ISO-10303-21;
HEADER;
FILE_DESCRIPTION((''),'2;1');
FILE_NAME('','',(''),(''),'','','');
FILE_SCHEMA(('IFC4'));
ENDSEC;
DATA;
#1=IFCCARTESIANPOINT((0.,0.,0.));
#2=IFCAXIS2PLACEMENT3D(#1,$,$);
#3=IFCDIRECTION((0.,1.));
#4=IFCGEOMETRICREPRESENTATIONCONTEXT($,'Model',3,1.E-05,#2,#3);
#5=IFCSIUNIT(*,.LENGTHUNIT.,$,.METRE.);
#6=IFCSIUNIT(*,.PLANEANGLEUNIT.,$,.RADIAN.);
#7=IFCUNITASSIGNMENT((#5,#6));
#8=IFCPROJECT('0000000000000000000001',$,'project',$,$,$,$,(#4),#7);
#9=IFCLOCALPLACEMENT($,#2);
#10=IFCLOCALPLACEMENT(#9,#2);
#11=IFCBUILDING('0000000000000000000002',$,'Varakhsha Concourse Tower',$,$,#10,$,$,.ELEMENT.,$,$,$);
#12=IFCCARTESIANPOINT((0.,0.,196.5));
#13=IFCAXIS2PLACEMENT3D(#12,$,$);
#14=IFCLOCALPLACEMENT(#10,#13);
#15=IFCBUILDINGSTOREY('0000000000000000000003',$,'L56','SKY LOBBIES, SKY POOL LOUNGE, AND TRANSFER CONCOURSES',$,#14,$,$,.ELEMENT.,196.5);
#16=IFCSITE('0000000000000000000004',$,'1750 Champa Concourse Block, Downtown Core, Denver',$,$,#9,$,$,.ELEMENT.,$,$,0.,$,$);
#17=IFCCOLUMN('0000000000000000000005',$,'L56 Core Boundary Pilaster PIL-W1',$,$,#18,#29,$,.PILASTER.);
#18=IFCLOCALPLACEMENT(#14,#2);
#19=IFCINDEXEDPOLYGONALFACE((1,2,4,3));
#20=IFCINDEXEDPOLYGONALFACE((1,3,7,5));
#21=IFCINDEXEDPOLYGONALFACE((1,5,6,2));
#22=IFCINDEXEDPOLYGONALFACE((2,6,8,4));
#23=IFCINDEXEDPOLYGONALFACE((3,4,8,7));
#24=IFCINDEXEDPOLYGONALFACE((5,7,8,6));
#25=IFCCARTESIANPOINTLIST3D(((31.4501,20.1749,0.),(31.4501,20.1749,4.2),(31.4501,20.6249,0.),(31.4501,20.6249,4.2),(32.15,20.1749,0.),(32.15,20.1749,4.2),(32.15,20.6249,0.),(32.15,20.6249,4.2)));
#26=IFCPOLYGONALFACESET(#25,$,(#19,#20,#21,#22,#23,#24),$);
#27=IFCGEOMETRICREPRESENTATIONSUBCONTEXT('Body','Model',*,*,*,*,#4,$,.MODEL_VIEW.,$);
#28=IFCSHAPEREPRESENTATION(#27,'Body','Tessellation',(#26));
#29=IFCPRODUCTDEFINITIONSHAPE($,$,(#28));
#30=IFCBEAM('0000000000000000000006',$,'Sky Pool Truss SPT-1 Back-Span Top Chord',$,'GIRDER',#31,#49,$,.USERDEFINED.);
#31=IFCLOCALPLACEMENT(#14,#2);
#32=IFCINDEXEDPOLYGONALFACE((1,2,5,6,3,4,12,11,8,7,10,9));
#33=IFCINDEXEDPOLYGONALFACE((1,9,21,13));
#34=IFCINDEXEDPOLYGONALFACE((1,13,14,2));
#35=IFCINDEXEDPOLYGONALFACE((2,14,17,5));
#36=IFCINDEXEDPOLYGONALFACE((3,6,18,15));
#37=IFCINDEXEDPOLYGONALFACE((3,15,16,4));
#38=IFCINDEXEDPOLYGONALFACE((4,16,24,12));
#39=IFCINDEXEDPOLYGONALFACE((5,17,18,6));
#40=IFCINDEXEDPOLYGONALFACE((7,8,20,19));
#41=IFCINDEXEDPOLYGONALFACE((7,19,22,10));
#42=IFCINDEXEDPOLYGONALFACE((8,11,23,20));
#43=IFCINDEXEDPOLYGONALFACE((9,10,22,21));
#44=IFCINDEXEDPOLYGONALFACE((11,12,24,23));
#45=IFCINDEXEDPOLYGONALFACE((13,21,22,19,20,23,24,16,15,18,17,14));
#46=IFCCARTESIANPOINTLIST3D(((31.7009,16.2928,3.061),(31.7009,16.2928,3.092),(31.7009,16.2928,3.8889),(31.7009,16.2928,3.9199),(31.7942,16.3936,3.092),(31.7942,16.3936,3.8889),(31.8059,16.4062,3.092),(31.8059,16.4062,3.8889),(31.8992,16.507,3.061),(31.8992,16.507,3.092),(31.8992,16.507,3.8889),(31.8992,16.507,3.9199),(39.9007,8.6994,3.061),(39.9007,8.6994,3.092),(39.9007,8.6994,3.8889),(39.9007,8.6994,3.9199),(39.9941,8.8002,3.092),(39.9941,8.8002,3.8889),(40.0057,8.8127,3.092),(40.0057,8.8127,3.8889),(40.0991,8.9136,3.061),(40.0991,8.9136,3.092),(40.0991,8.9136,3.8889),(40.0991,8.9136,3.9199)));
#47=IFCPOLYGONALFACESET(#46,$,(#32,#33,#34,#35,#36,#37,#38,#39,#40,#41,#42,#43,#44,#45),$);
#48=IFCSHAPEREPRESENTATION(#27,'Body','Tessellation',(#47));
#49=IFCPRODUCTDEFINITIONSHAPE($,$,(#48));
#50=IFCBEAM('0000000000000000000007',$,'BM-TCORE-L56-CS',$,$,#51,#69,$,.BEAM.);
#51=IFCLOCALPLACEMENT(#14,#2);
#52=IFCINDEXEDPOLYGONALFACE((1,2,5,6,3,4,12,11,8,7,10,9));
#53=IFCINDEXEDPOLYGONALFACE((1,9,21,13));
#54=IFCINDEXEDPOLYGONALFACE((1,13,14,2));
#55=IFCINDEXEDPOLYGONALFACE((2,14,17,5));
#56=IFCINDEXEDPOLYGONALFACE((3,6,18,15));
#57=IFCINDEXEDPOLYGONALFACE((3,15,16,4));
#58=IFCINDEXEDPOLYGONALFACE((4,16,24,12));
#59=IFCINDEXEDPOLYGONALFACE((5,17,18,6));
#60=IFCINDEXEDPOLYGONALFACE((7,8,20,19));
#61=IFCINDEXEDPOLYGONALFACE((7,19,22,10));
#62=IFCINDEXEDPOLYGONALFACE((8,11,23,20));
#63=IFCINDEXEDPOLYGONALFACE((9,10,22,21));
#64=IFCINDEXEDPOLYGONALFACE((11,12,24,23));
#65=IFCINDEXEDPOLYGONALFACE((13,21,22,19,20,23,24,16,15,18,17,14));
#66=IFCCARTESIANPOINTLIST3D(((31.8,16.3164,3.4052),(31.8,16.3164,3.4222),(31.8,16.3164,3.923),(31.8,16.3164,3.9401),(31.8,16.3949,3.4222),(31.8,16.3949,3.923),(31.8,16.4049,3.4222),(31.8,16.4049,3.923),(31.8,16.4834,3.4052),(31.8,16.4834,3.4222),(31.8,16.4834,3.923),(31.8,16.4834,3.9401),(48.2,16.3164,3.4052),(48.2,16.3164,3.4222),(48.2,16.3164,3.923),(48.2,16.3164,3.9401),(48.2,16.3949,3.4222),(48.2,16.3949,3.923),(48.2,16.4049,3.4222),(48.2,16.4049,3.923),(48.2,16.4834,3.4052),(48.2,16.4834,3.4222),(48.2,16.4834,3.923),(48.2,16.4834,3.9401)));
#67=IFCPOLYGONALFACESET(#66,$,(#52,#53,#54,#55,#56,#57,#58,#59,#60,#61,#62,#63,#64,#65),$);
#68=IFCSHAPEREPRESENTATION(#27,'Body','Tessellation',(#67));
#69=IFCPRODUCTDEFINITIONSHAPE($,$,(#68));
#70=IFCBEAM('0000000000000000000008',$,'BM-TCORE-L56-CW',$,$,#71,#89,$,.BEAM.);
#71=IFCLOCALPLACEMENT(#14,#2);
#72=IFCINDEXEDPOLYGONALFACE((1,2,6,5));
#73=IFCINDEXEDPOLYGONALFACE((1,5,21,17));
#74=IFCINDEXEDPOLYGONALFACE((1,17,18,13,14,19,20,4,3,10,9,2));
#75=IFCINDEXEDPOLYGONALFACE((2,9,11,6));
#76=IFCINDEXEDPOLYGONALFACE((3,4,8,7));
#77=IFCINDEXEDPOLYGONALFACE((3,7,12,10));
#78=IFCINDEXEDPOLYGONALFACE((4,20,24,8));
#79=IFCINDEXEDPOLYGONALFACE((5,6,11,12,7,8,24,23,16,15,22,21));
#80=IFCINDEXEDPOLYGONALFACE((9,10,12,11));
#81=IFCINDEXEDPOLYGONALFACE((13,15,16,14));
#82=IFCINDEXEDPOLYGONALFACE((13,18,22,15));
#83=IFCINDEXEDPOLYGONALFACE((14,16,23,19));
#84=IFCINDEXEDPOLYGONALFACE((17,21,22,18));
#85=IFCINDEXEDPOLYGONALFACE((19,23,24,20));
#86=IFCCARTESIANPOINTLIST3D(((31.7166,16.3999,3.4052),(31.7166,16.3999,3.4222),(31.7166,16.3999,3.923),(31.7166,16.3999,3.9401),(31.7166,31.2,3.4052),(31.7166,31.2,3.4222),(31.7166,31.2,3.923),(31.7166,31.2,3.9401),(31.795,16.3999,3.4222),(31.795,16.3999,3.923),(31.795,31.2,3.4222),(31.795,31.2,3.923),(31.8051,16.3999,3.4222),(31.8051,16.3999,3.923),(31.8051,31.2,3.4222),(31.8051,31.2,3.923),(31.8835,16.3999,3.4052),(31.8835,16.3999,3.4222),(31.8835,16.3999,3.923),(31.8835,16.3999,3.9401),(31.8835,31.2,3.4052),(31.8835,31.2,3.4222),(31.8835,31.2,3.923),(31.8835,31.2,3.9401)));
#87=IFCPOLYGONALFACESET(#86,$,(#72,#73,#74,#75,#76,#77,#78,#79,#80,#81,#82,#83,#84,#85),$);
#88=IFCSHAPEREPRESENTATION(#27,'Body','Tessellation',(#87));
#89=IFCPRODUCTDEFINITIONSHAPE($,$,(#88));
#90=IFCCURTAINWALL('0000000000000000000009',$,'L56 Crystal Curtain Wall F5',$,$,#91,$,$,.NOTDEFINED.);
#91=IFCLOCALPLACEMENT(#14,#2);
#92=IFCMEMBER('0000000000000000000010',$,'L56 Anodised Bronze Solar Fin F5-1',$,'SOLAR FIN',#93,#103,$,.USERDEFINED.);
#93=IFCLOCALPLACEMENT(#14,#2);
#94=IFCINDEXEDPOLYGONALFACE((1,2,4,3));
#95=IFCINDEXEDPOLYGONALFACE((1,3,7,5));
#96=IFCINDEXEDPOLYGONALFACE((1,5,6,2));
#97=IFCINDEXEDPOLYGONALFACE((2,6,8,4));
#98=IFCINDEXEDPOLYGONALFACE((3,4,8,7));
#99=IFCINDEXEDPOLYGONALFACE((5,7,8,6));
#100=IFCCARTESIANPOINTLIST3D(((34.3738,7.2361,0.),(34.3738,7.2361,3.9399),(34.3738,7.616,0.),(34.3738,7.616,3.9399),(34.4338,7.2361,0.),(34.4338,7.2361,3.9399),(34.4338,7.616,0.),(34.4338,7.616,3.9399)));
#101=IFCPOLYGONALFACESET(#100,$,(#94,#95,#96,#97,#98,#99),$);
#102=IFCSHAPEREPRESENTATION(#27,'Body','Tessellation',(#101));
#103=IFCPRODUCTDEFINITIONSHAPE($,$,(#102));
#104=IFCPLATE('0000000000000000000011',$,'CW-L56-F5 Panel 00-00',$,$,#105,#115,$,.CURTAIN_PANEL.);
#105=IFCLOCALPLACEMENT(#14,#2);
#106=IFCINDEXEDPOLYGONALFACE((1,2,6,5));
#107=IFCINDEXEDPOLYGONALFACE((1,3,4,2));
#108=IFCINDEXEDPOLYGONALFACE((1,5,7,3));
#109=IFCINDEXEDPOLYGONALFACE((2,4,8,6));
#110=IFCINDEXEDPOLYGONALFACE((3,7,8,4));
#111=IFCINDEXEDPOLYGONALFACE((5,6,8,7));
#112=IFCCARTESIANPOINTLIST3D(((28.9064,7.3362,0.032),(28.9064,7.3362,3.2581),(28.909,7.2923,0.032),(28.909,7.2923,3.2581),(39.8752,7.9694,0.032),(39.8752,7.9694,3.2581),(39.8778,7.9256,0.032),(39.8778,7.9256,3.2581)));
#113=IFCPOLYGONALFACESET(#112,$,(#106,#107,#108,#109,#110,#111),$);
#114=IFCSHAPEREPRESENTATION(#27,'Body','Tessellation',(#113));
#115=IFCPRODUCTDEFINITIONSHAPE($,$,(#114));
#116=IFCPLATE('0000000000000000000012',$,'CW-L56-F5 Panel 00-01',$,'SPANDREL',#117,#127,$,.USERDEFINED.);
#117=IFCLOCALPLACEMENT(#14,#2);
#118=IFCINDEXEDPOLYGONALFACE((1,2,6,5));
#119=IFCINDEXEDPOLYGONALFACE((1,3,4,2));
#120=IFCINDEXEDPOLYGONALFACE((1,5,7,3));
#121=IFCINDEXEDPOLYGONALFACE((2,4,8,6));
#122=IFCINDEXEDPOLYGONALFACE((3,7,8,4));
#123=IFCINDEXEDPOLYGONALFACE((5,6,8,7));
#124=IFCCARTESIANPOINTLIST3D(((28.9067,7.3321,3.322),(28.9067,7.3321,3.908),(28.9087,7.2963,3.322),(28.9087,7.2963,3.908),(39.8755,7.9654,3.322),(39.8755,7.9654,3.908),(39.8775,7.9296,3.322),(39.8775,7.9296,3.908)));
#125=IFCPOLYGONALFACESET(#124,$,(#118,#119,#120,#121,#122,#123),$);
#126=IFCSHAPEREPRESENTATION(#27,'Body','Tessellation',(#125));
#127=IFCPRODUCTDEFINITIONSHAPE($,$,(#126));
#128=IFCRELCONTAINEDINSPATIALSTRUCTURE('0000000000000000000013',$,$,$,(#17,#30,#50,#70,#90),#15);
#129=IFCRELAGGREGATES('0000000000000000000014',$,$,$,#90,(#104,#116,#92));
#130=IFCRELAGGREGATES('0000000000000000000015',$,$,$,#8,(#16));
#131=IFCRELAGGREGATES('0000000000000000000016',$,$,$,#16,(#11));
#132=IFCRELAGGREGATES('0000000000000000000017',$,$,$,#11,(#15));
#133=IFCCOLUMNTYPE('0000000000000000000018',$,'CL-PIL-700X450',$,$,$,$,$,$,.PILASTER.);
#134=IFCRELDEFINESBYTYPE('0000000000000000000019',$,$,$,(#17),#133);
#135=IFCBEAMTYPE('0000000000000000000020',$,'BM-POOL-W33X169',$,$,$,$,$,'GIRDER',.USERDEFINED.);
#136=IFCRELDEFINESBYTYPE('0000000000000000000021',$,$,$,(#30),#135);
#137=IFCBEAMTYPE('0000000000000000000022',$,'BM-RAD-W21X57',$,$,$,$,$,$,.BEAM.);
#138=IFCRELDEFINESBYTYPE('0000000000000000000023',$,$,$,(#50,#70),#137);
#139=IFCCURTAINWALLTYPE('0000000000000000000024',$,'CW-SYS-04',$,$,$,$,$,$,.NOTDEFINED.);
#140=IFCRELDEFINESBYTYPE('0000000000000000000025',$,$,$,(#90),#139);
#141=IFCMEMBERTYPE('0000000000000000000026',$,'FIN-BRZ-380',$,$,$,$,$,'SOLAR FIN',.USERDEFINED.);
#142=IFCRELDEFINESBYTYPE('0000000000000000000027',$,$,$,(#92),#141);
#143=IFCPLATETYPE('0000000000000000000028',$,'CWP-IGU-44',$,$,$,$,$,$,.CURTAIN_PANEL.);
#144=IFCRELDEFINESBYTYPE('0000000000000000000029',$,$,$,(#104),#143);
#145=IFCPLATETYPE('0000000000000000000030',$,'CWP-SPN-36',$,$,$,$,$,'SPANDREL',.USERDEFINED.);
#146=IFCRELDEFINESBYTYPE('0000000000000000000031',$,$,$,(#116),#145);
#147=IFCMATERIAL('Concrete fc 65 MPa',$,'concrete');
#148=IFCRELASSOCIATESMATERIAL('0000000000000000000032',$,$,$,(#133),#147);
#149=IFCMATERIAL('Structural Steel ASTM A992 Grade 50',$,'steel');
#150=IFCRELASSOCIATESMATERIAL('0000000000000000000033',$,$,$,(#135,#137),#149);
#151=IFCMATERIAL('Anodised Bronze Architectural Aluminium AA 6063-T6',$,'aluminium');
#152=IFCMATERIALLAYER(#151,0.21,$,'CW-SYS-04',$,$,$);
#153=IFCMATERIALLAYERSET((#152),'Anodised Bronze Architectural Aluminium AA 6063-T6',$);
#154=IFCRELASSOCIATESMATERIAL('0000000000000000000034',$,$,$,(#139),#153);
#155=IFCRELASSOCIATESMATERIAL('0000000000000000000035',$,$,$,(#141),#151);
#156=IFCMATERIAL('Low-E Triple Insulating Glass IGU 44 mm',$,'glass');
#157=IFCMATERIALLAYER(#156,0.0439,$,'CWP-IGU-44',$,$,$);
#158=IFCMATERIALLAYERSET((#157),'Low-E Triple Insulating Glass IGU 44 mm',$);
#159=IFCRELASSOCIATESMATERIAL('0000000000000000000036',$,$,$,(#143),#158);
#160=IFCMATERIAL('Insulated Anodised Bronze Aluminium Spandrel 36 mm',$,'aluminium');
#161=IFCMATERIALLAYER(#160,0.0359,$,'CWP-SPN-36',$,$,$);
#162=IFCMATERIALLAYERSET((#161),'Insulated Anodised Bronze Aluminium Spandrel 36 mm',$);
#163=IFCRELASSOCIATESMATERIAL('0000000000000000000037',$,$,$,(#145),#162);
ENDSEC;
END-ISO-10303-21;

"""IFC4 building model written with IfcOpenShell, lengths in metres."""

from ifc_helpers import new_model, si_unit, direction, frame, origin, origin_2d, place, context, subcontext, project, spatial, rectangle, i_section, extrude, source, transform, mapped, material, layer, layer_set, material_profile, profile_set, type_object, type_shapes, element, aggregate, save


model = new_model("IFC4")

# Units and contexts
model_context = context("Model", 3, precision=1e-05, world=origin(), true_north=direction((0.0, 1.0)))
body_context = subcontext(model_context, "Body", "Model", "MODEL_VIEW")
ifc_project = project(units=[si_unit("LENGTHUNIT", "METRE"), si_unit("PLANEANGLEUNIT", "RADIAN")], contexts=[model_context])

# Site, building, storey
site_placement = place(None, origin())
site = spatial("IfcSite", under=ifc_project, at=site_placement, Name="1750 Champa Concourse Block, Downtown Core, Denver", CompositionType="ELEMENT", RefElevation=0.0)
building_placement = place(site_placement, origin())
building = spatial("IfcBuilding", under=site, at=building_placement, Name="Varakhsha Concourse Tower", CompositionType="ELEMENT")
storey_placement = place(building_placement, frame((0.0, 0.0, 196.5)))
storey = spatial("IfcBuildingStorey", under=building, at=storey_placement, Name="L56", Description="SKY LOBBIES, SKY POOL LOUNGE, AND TRANSFER CONCOURSES", CompositionType="ELEMENT", Elevation=196.5)

# Column
ifc_material_1 = material(Name="Concrete fc 65 MPa", Category="concrete")
ifc_material_profile_1 = material_profile(ifc_material_1, rectangle(XDim=0.7, YDim=0.45, at=origin_2d()), Name="RC 700x450")
ifc_profile_set_1 = profile_set([ifc_material_profile_1], Name="Concrete fc 65 MPa")
column_type = type_object("IfcColumnType", Name="CL-PIL-700X450", PredefinedType="PILASTER", material=ifc_profile_set_1)
column_placement = place(storey_placement, frame((31.8, 20.3999, 0.0), z_axis=(0.0, 0.0, 1.0), x_axis=(1.0, 0.0, 0.0)))
element("IfcColumn", 1, at=column_placement, inside=storey, type_object=column_type, Name="L56 Core Boundary Pilaster PIL-W1", PredefinedType="PILASTER", context=body_context, shape_type="SweptSolid", body=[
    extrude(rectangle(XDim=0.7, YDim=0.45, at=origin_2d()), origin(), (0.0, 0.0, 1.0), 4.2),
])

# Beams
ifc_material_2 = material(Name="Structural Steel ASTM A992 Grade 50", Category="steel")
ifc_material_profile_2 = material_profile(ifc_material_2, i_section(OverallWidth=0.292, OverallDepth=0.8589, WebThickness=0.0171, FlangeThickness=0.031, at=origin_2d()), Name="W33X169")
ifc_profile_set_2 = profile_set([ifc_material_profile_2], Name="Structural Steel ASTM A992 Grade 50")
beam_type_1 = type_object("IfcBeamType", Name="BM-POOL-W33X169", ElementType="GIRDER", PredefinedType="USERDEFINED", material=ifc_profile_set_2)
beam_1_placement = place(storey_placement, frame((31.8, 16.3999, 3.4905), z_axis=(0.733718, -0.679454, 0.0), x_axis=(0.679454, 0.733718, 0.0)))
element("IfcBeam", 2, at=beam_1_placement, inside=storey, type_object=beam_type_1, Name="Sky Pool Truss SPT-1 Back-Span Top Chord", ObjectType="GIRDER", PredefinedType="USERDEFINED", context=body_context, shape_type="SweptSolid", body=[
    extrude(i_section(OverallWidth=0.292, OverallDepth=0.8589, WebThickness=0.0171, FlangeThickness=0.031, at=origin_2d()), origin(), (0.0, 0.0, 1.0), 11.1758),
])
ifc_material_profile_3 = material_profile(ifc_material_2, i_section(OverallWidth=0.167, OverallDepth=0.5349, WebThickness=0.01, FlangeThickness=0.0171, at=origin_2d()), Name="W21X57")
ifc_profile_set_3 = profile_set([ifc_material_profile_3], Name="Structural Steel ASTM A992 Grade 50")
beam_type_2 = type_object("IfcBeamType", Name="BM-RAD-W21X57", PredefinedType="BEAM", material=ifc_profile_set_3)
beam_2_placement = place(storey_placement, frame((31.8, 16.3999, 3.6726), z_axis=(1.0, 0.0, 0.0), x_axis=(0.0, 1.0, 0.0)))
element("IfcBeam", 3, at=beam_2_placement, inside=storey, type_object=beam_type_2, Name="BM-TCORE-L56-CS", PredefinedType="BEAM", context=body_context, shape_type="SweptSolid", body=[
    extrude(i_section(OverallWidth=0.167, OverallDepth=0.5349, WebThickness=0.01, FlangeThickness=0.0171, at=origin_2d()), origin(), (0.0, 0.0, 1.0), 16.3999),
])
beam_3_placement = place(storey_placement, frame((31.8, 16.3999, 3.6726), z_axis=(0.0, 1.0, 0.0), x_axis=(-1.0, 0.0, 0.0)))
element("IfcBeam", 4, at=beam_3_placement, inside=storey, type_object=beam_type_2, Name="BM-TCORE-L56-CW", PredefinedType="BEAM", context=body_context, shape_type="SweptSolid", body=[
    extrude(i_section(OverallWidth=0.167, OverallDepth=0.5349, WebThickness=0.01, FlangeThickness=0.0171, at=origin_2d()), origin(), (0.0, 0.0, 1.0), 14.8),
])

# Curtain wall, member, plates
ifc_material_3 = material(Name="Anodised Bronze Architectural Aluminium AA 6063-T6", Category="aluminium")
ifc_layer_1 = layer(ifc_material_3, 0.21, Name="CW-SYS-04")
ifc_layer_set_1 = layer_set([ifc_layer_1], Name="Anodised Bronze Architectural Aluminium AA 6063-T6")
curtain_wall_type = type_object("IfcCurtainWallType", Name="CW-SYS-04", PredefinedType="NOTDEFINED", material=ifc_layer_set_1)
curtain_wall_placement = place(storey_placement, origin())
curtain_wall = element("IfcCurtainWall", 5, at=curtain_wall_placement, inside=storey, type_object=curtain_wall_type, Name="L56 Crystal Curtain Wall F5", PredefinedType="NOTDEFINED")
ifc_material_profile_4 = material_profile(ifc_material_3, rectangle(XDim=0.0601, YDim=0.3799, at=origin_2d()), Name="FIN-BRZ-380")
ifc_profile_set_4 = profile_set([ifc_material_profile_4], Name="Anodised Bronze Architectural Aluminium AA 6063-T6")
member_type = type_object("IfcMemberType", Name="FIN-BRZ-380", ElementType="SOLAR FIN", PredefinedType="USERDEFINED", material=ifc_profile_set_4)
shared_shape_1 = source(origin(), body_context, "Body", "SweptSolid", [
    extrude(rectangle(XDim=0.0601, YDim=0.3799, at=origin_2d()), origin(), (0.0, 0.0, 1.0), 3.9399),
])
type_shapes(member_type, [shared_shape_1])
member_placement = place(storey_placement, frame((34.4038, 7.426, 0.0), z_axis=(0.0, 0.0, 1.0), x_axis=(1.0, 0.0, 0.0)))
member = element("IfcMember", 6, at=member_placement, type_object=member_type, Name="L56 Anodised Bronze Solar Fin F5-1", ObjectType="SOLAR FIN", PredefinedType="USERDEFINED", context=body_context, shape_type="MappedRepresentation", body=[
    mapped(shared_shape_1, transform((0.0, 0.0, 0.0), scale=1.0)),
])
ifc_material_4 = material(Name="Low-E Triple Insulating Glass IGU 44 mm", Category="glass")
ifc_layer_2 = layer(ifc_material_4, 0.0439, Name="CWP-IGU-44")
ifc_layer_set_2 = layer_set([ifc_layer_2], Name="Low-E Triple Insulating Glass IGU 44 mm")
plate_type_1 = type_object("IfcPlateType", Name="CWP-IGU-44", PredefinedType="CURTAIN_PANEL", material=ifc_layer_set_2)
shared_shape_2 = source(origin(), body_context, "Body", "SweptSolid", [
    extrude(rectangle(XDim=10.9871, YDim=0.0439, at=origin_2d()), origin(), (0.0, 0.0, 1.0), 3.2261),
])
type_shapes(plate_type_1, [shared_shape_2])
plate_1_placement = place(storey_placement, frame((34.3921, 7.6309, 0.032), z_axis=(0.0, 0.0, 1.0), x_axis=(-0.998337, -0.057639, 0.0)))
plate_1 = element("IfcPlate", 7, at=plate_1_placement, type_object=plate_type_1, Name="CW-L56-F5 Panel 00-00", PredefinedType="CURTAIN_PANEL", context=body_context, shape_type="MappedRepresentation", body=[
    mapped(shared_shape_2, transform((0.0, 0.0, 0.0), scale=1.0)),
])
ifc_material_5 = material(Name="Insulated Anodised Bronze Aluminium Spandrel 36 mm", Category="aluminium")
ifc_layer_3 = layer(ifc_material_5, 0.0359, Name="CWP-SPN-36")
ifc_layer_set_3 = layer_set([ifc_layer_3], Name="Insulated Anodised Bronze Aluminium Spandrel 36 mm")
plate_type_2 = type_object("IfcPlateType", Name="CWP-SPN-36", ElementType="SPANDREL", PredefinedType="USERDEFINED", material=ifc_layer_set_3)
shared_shape_3 = source(origin(), body_context, "Body", "SweptSolid", [
    extrude(rectangle(XDim=10.9871, YDim=0.0359, at=origin_2d()), origin(), (0.0, 0.0, 1.0), 0.5859),
])
type_shapes(plate_type_2, [shared_shape_3])
plate_2_placement = place(storey_placement, frame((34.3921, 7.6309, 3.322), z_axis=(0.0, 0.0, 1.0), x_axis=(-0.998337, -0.057639, 0.0)))
plate_2 = element("IfcPlate", 8, at=plate_2_placement, type_object=plate_type_2, Name="CW-L56-F5 Panel 00-01", ObjectType="SPANDREL", PredefinedType="USERDEFINED", context=body_context, shape_type="MappedRepresentation", body=[
    mapped(shared_shape_3, transform((0.0, 0.0, 0.0), scale=1.0)),
])
aggregate(curtain_wall, [plate_1, plate_2, member])

save(model, "model.ifc")
